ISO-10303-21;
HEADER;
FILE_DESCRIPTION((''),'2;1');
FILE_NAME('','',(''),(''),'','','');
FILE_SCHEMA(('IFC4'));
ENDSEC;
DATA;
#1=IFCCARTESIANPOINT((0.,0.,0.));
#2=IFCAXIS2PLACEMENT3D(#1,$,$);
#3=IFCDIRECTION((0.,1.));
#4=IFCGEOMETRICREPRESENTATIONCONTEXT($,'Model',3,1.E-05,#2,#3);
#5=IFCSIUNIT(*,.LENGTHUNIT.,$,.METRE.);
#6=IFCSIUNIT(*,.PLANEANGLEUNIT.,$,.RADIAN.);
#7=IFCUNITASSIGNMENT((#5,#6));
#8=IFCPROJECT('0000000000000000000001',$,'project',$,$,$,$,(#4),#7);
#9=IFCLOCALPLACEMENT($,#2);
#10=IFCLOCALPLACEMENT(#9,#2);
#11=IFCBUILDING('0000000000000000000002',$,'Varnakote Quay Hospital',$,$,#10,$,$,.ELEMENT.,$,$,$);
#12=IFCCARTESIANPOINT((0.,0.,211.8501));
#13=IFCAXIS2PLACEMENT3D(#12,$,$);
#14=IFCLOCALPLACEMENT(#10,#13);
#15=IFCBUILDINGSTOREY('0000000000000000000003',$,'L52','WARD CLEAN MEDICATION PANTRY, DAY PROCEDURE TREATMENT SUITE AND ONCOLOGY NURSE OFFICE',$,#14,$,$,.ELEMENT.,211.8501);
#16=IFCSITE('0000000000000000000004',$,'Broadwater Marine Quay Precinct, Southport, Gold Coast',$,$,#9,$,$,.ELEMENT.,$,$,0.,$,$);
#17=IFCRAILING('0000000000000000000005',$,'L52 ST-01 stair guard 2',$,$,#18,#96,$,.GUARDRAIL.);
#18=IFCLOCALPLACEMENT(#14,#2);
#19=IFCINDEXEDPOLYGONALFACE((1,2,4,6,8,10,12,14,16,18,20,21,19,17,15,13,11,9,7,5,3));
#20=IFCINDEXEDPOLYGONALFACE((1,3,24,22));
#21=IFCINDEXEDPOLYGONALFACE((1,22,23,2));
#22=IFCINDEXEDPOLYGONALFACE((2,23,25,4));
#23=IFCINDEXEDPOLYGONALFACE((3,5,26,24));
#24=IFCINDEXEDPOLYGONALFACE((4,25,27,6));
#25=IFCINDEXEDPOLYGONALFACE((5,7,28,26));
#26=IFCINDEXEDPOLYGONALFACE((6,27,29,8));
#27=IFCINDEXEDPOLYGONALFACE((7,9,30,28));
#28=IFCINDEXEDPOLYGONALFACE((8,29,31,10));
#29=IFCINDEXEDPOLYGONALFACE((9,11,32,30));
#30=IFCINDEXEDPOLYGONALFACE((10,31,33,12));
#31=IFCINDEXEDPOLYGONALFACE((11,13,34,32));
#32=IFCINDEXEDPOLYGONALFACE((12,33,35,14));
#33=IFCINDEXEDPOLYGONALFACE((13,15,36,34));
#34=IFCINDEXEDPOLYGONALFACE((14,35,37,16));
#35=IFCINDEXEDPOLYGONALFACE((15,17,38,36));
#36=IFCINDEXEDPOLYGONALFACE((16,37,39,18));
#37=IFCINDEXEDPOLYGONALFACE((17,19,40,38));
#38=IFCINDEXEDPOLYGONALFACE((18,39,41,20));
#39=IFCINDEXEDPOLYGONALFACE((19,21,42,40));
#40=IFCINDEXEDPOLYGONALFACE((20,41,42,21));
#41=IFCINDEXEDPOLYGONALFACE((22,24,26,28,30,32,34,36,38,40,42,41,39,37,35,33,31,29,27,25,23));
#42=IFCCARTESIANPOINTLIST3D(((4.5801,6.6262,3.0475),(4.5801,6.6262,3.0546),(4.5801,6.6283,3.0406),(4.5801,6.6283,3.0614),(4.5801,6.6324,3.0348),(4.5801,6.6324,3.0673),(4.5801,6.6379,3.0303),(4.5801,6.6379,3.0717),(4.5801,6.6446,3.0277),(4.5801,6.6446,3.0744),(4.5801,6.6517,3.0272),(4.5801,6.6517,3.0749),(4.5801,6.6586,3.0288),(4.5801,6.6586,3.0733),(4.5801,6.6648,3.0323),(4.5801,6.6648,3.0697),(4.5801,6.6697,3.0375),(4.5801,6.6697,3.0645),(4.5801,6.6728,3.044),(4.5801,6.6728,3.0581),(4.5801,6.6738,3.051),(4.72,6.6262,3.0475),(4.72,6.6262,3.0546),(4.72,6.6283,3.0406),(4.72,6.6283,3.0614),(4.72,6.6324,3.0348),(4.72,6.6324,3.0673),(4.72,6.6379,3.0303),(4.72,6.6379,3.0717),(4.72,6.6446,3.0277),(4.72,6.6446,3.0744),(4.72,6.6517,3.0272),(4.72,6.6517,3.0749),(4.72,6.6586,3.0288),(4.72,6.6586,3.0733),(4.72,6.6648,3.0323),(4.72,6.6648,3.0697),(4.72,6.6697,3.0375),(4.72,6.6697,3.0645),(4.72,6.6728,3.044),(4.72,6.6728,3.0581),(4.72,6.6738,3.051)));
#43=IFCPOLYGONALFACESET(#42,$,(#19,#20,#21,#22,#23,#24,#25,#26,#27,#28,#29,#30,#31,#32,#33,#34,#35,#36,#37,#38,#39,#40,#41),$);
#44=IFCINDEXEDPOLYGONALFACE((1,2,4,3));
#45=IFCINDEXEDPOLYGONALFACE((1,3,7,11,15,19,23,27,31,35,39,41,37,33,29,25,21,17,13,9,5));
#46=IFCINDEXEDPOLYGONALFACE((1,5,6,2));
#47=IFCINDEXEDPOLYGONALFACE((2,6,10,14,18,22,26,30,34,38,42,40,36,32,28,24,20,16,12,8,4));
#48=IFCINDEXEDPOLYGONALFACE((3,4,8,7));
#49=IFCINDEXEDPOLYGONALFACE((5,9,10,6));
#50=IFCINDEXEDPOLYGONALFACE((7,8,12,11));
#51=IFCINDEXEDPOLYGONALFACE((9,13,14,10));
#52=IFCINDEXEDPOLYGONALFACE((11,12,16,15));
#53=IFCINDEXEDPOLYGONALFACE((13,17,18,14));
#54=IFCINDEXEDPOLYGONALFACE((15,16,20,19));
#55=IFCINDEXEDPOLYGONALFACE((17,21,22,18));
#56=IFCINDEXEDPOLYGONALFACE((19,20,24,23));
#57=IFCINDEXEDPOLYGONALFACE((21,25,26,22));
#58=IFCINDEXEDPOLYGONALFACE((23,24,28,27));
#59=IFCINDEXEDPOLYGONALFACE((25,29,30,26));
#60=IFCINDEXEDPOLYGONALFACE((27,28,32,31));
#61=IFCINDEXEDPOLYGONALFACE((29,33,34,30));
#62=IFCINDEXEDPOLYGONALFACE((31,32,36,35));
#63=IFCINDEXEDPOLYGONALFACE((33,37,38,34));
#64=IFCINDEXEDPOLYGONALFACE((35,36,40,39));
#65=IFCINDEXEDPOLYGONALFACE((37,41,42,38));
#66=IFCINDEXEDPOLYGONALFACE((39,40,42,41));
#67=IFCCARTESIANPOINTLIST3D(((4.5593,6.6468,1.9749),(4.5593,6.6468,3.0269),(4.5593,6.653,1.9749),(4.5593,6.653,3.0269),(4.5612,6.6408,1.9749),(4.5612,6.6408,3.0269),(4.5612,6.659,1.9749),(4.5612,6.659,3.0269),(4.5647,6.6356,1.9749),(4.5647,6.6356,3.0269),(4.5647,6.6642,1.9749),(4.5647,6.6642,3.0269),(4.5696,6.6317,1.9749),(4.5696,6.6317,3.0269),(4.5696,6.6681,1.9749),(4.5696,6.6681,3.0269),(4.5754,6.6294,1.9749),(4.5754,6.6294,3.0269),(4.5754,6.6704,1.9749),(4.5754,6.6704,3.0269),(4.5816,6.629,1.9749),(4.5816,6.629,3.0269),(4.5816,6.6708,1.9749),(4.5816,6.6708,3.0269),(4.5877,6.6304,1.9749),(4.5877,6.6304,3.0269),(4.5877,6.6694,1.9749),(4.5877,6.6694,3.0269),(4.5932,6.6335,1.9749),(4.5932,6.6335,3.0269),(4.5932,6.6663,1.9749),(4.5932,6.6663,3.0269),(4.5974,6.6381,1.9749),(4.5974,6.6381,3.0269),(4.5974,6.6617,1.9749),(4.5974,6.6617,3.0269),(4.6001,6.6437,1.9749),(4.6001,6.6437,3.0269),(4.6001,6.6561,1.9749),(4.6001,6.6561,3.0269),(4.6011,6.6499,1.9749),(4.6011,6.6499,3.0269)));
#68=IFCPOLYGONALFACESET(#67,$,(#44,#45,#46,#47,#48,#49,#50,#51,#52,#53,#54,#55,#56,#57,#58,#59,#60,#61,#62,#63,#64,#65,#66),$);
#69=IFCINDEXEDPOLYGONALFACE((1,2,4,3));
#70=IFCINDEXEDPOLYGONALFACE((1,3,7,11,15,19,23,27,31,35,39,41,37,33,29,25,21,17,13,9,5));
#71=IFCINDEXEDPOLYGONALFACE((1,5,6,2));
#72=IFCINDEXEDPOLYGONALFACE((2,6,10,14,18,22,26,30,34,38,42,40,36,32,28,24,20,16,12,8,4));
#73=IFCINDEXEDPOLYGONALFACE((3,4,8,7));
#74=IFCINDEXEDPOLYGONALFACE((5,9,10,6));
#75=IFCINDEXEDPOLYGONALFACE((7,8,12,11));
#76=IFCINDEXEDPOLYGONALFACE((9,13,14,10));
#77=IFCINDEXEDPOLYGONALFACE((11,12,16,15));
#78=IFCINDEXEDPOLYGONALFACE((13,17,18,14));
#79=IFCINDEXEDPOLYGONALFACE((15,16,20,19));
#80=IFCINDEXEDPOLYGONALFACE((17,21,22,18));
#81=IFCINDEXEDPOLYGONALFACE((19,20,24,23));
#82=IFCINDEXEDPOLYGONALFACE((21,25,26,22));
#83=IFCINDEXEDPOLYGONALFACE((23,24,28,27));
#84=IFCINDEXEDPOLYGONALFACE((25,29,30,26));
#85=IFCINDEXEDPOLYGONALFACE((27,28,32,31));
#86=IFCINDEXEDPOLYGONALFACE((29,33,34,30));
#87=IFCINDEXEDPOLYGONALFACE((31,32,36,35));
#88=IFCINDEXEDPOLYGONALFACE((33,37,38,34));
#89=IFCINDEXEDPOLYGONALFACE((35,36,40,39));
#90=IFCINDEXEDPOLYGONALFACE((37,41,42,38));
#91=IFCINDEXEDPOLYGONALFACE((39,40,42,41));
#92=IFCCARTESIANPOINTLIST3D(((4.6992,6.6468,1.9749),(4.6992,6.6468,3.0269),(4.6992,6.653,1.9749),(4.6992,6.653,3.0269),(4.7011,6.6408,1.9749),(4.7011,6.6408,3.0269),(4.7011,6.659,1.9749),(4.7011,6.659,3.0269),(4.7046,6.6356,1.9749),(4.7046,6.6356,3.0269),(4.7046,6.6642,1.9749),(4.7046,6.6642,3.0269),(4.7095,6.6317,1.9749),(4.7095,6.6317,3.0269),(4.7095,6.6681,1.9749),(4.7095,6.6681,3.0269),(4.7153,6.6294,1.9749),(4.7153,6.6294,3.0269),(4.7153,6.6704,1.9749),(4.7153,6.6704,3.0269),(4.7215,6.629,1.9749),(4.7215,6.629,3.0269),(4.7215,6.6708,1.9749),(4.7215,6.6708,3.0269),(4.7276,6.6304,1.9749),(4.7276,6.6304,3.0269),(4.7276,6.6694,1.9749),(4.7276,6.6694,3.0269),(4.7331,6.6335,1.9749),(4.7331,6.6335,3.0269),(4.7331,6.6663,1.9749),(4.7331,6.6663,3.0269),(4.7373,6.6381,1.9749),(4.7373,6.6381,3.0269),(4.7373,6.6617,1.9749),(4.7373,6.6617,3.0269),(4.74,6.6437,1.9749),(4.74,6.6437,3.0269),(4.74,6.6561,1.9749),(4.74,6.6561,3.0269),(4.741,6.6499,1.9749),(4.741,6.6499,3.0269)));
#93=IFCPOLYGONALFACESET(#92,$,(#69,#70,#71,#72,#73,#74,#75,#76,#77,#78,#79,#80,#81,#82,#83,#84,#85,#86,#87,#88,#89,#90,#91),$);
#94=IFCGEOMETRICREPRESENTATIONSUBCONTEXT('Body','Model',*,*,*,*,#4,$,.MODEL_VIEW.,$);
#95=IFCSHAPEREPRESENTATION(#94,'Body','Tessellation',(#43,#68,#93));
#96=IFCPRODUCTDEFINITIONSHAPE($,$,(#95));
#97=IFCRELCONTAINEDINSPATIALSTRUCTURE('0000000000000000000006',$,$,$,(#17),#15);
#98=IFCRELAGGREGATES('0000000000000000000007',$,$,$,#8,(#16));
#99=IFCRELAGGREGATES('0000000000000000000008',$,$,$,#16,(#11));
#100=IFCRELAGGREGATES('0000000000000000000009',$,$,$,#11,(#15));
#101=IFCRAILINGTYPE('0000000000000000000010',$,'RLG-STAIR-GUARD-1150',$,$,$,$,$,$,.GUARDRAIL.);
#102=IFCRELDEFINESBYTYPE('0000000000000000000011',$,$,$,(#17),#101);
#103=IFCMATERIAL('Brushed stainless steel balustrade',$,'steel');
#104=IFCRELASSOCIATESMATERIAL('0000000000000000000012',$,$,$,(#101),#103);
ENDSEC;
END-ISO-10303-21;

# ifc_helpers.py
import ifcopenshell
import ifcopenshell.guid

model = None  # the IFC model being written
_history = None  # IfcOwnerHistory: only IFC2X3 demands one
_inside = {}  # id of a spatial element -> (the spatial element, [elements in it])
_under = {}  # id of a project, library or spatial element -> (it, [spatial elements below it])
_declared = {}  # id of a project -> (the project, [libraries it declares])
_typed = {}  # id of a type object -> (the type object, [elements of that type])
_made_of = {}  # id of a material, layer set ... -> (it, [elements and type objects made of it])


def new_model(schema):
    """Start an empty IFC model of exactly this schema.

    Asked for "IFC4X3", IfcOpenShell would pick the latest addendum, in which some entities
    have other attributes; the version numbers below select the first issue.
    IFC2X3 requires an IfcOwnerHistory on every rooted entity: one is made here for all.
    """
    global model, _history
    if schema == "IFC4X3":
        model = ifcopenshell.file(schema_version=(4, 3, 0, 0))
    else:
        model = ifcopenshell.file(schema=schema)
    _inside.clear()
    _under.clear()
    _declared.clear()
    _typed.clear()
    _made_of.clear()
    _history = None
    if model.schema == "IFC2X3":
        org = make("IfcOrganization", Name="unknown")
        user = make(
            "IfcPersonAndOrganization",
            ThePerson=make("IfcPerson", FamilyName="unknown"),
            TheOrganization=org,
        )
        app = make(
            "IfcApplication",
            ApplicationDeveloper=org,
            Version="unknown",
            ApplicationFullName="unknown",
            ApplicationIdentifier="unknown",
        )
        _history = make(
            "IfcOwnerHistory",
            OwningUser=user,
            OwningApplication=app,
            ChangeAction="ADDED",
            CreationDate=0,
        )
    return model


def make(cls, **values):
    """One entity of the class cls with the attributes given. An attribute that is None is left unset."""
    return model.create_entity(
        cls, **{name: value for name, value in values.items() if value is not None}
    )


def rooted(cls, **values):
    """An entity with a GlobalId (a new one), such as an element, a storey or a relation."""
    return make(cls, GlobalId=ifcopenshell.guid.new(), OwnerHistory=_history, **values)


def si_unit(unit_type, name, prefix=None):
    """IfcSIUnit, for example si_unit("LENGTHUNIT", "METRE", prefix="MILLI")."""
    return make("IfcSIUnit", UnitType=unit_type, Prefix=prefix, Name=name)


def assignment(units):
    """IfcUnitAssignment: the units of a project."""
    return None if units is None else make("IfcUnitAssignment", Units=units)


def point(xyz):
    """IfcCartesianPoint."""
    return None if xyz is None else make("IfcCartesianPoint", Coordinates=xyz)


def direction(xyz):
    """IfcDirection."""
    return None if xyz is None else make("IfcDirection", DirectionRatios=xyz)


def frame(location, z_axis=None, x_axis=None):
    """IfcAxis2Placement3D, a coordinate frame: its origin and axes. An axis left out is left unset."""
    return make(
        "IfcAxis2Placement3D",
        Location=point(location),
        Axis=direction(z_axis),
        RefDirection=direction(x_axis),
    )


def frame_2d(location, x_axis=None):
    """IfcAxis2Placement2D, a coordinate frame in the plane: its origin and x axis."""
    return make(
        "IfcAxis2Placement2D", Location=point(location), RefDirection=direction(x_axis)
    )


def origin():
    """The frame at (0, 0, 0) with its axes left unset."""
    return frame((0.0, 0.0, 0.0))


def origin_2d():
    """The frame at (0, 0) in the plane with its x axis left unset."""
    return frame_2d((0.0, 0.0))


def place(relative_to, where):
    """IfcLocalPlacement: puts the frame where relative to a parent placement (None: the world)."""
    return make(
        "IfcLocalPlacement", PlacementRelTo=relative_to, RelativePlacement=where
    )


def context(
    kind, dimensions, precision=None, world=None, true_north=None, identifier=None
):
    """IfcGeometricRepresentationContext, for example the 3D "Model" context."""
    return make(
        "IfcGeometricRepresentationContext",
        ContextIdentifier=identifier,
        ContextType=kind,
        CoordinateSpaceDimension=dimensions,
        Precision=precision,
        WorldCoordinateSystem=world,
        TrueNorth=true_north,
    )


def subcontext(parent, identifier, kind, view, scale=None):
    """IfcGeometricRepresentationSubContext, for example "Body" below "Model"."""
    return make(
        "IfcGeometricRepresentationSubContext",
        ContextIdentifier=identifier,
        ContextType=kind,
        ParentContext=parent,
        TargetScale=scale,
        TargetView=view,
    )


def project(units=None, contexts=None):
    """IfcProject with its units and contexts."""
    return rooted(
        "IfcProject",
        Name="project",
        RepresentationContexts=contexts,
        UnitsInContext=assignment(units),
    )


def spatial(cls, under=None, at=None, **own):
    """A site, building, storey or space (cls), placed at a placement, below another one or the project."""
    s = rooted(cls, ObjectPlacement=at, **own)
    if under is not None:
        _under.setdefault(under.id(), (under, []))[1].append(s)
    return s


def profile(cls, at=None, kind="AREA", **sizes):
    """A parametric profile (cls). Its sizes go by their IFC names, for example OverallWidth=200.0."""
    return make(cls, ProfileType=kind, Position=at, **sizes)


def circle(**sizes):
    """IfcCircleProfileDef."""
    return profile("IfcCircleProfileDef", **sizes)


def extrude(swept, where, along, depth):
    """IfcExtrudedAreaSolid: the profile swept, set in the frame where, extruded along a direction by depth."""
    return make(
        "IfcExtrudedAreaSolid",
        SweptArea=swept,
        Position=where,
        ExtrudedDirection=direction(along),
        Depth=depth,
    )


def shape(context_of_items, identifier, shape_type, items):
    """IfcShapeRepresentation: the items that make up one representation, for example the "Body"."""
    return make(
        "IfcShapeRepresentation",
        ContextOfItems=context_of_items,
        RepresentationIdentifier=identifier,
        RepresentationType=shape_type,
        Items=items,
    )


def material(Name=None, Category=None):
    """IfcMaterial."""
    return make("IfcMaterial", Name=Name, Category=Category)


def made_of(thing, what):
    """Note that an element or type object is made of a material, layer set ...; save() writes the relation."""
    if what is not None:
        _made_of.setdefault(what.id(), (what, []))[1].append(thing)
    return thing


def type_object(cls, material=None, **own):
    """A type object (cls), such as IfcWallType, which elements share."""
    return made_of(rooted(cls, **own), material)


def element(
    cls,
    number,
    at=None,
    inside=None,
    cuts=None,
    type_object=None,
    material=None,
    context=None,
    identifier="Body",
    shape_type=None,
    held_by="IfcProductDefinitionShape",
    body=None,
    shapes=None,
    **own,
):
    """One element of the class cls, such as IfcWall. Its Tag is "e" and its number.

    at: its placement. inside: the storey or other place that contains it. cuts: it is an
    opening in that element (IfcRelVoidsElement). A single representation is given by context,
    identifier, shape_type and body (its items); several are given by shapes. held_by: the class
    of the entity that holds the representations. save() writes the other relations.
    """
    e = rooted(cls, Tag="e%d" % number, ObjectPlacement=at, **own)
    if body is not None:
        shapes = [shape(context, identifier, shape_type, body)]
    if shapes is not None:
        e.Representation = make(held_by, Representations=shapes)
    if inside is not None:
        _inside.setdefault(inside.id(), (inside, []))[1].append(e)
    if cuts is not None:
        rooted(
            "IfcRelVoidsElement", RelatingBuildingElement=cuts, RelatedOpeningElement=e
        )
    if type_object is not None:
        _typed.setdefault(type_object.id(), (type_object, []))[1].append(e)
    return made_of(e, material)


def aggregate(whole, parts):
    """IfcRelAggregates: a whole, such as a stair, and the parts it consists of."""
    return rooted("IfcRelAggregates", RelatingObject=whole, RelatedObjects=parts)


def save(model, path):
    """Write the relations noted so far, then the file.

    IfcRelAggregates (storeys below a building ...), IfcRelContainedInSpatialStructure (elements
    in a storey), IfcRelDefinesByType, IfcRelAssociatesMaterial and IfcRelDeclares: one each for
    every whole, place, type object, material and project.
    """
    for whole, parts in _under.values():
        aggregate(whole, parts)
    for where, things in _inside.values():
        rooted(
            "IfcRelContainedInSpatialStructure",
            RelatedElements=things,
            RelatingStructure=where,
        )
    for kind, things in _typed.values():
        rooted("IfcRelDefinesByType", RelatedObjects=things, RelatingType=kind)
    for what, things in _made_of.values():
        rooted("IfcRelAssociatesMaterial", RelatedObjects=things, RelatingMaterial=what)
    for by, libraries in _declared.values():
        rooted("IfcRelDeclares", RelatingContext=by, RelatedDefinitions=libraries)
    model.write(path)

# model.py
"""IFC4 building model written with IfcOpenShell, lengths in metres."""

from ifc_helpers import new_model, si_unit, direction, frame, origin, origin_2d, place, context, subcontext, project, spatial, circle, extrude, material, type_object, element, save


model = new_model("IFC4")

# Units and contexts
model_context = context("Model", 3, precision=1e-05, world=origin(), true_north=direction((0.0, 1.0)))
body_context = subcontext(model_context, "Body", "Model", "MODEL_VIEW")
ifc_project = project(units=[si_unit("LENGTHUNIT", "METRE"), si_unit("PLANEANGLEUNIT", "RADIAN")], contexts=[model_context])

# Site, building, storey
site_placement = place(None, origin())
site = spatial("IfcSite", under=ifc_project, at=site_placement, Name="Broadwater Marine Quay Precinct, Southport, Gold Coast", CompositionType="ELEMENT", RefElevation=0.0)
building_placement = place(site_placement, origin())
building = spatial("IfcBuilding", under=site, at=building_placement, Name="Varnakote Quay Hospital", CompositionType="ELEMENT")
storey_placement = place(building_placement, frame((0.0, 0.0, 211.8501)))
storey = spatial("IfcBuildingStorey", under=building, at=storey_placement, Name="L52", Description="WARD CLEAN MEDICATION PANTRY, DAY PROCEDURE TREATMENT SUITE AND ONCOLOGY NURSE OFFICE", CompositionType="ELEMENT", Elevation=211.8501)

# Railing
ifc_material_1 = material(Name="Brushed stainless steel balustrade", Category="steel")
railing_type_1 = type_object("IfcRailingType", Name="RLG-STAIR-GUARD-1150", PredefinedType="GUARDRAIL", material=ifc_material_1)
railing_1_placement = place(storey_placement, frame((4.5801, 6.6499, 1.9749)))
element("IfcRailing", 1, at=railing_1_placement, inside=storey, type_object=railing_type_1, Name="L52 ST-01 stair guard 2", PredefinedType="GUARDRAIL", context=body_context, shape_type="SweptSolid", body=[
    extrude(circle(Radius=0.0239, at=origin_2d()), frame((0.0, 0.0, 1.0762), z_axis=(1.0, 0.0, 0.0), x_axis=(0.0, 1.0, 0.0)), (0.0, 0.0, 1.0), 0.1399),
    extrude(circle(Radius=0.021, at=origin_2d()), origin(), (0.0, 0.0, 1.0), 1.052),
    extrude(circle(Radius=0.021, at=origin_2d()), frame((0.1399, 0.0, 0.0)), (0.0, 0.0, 1.0), 1.052),
])

save(model, "model.ifc")
